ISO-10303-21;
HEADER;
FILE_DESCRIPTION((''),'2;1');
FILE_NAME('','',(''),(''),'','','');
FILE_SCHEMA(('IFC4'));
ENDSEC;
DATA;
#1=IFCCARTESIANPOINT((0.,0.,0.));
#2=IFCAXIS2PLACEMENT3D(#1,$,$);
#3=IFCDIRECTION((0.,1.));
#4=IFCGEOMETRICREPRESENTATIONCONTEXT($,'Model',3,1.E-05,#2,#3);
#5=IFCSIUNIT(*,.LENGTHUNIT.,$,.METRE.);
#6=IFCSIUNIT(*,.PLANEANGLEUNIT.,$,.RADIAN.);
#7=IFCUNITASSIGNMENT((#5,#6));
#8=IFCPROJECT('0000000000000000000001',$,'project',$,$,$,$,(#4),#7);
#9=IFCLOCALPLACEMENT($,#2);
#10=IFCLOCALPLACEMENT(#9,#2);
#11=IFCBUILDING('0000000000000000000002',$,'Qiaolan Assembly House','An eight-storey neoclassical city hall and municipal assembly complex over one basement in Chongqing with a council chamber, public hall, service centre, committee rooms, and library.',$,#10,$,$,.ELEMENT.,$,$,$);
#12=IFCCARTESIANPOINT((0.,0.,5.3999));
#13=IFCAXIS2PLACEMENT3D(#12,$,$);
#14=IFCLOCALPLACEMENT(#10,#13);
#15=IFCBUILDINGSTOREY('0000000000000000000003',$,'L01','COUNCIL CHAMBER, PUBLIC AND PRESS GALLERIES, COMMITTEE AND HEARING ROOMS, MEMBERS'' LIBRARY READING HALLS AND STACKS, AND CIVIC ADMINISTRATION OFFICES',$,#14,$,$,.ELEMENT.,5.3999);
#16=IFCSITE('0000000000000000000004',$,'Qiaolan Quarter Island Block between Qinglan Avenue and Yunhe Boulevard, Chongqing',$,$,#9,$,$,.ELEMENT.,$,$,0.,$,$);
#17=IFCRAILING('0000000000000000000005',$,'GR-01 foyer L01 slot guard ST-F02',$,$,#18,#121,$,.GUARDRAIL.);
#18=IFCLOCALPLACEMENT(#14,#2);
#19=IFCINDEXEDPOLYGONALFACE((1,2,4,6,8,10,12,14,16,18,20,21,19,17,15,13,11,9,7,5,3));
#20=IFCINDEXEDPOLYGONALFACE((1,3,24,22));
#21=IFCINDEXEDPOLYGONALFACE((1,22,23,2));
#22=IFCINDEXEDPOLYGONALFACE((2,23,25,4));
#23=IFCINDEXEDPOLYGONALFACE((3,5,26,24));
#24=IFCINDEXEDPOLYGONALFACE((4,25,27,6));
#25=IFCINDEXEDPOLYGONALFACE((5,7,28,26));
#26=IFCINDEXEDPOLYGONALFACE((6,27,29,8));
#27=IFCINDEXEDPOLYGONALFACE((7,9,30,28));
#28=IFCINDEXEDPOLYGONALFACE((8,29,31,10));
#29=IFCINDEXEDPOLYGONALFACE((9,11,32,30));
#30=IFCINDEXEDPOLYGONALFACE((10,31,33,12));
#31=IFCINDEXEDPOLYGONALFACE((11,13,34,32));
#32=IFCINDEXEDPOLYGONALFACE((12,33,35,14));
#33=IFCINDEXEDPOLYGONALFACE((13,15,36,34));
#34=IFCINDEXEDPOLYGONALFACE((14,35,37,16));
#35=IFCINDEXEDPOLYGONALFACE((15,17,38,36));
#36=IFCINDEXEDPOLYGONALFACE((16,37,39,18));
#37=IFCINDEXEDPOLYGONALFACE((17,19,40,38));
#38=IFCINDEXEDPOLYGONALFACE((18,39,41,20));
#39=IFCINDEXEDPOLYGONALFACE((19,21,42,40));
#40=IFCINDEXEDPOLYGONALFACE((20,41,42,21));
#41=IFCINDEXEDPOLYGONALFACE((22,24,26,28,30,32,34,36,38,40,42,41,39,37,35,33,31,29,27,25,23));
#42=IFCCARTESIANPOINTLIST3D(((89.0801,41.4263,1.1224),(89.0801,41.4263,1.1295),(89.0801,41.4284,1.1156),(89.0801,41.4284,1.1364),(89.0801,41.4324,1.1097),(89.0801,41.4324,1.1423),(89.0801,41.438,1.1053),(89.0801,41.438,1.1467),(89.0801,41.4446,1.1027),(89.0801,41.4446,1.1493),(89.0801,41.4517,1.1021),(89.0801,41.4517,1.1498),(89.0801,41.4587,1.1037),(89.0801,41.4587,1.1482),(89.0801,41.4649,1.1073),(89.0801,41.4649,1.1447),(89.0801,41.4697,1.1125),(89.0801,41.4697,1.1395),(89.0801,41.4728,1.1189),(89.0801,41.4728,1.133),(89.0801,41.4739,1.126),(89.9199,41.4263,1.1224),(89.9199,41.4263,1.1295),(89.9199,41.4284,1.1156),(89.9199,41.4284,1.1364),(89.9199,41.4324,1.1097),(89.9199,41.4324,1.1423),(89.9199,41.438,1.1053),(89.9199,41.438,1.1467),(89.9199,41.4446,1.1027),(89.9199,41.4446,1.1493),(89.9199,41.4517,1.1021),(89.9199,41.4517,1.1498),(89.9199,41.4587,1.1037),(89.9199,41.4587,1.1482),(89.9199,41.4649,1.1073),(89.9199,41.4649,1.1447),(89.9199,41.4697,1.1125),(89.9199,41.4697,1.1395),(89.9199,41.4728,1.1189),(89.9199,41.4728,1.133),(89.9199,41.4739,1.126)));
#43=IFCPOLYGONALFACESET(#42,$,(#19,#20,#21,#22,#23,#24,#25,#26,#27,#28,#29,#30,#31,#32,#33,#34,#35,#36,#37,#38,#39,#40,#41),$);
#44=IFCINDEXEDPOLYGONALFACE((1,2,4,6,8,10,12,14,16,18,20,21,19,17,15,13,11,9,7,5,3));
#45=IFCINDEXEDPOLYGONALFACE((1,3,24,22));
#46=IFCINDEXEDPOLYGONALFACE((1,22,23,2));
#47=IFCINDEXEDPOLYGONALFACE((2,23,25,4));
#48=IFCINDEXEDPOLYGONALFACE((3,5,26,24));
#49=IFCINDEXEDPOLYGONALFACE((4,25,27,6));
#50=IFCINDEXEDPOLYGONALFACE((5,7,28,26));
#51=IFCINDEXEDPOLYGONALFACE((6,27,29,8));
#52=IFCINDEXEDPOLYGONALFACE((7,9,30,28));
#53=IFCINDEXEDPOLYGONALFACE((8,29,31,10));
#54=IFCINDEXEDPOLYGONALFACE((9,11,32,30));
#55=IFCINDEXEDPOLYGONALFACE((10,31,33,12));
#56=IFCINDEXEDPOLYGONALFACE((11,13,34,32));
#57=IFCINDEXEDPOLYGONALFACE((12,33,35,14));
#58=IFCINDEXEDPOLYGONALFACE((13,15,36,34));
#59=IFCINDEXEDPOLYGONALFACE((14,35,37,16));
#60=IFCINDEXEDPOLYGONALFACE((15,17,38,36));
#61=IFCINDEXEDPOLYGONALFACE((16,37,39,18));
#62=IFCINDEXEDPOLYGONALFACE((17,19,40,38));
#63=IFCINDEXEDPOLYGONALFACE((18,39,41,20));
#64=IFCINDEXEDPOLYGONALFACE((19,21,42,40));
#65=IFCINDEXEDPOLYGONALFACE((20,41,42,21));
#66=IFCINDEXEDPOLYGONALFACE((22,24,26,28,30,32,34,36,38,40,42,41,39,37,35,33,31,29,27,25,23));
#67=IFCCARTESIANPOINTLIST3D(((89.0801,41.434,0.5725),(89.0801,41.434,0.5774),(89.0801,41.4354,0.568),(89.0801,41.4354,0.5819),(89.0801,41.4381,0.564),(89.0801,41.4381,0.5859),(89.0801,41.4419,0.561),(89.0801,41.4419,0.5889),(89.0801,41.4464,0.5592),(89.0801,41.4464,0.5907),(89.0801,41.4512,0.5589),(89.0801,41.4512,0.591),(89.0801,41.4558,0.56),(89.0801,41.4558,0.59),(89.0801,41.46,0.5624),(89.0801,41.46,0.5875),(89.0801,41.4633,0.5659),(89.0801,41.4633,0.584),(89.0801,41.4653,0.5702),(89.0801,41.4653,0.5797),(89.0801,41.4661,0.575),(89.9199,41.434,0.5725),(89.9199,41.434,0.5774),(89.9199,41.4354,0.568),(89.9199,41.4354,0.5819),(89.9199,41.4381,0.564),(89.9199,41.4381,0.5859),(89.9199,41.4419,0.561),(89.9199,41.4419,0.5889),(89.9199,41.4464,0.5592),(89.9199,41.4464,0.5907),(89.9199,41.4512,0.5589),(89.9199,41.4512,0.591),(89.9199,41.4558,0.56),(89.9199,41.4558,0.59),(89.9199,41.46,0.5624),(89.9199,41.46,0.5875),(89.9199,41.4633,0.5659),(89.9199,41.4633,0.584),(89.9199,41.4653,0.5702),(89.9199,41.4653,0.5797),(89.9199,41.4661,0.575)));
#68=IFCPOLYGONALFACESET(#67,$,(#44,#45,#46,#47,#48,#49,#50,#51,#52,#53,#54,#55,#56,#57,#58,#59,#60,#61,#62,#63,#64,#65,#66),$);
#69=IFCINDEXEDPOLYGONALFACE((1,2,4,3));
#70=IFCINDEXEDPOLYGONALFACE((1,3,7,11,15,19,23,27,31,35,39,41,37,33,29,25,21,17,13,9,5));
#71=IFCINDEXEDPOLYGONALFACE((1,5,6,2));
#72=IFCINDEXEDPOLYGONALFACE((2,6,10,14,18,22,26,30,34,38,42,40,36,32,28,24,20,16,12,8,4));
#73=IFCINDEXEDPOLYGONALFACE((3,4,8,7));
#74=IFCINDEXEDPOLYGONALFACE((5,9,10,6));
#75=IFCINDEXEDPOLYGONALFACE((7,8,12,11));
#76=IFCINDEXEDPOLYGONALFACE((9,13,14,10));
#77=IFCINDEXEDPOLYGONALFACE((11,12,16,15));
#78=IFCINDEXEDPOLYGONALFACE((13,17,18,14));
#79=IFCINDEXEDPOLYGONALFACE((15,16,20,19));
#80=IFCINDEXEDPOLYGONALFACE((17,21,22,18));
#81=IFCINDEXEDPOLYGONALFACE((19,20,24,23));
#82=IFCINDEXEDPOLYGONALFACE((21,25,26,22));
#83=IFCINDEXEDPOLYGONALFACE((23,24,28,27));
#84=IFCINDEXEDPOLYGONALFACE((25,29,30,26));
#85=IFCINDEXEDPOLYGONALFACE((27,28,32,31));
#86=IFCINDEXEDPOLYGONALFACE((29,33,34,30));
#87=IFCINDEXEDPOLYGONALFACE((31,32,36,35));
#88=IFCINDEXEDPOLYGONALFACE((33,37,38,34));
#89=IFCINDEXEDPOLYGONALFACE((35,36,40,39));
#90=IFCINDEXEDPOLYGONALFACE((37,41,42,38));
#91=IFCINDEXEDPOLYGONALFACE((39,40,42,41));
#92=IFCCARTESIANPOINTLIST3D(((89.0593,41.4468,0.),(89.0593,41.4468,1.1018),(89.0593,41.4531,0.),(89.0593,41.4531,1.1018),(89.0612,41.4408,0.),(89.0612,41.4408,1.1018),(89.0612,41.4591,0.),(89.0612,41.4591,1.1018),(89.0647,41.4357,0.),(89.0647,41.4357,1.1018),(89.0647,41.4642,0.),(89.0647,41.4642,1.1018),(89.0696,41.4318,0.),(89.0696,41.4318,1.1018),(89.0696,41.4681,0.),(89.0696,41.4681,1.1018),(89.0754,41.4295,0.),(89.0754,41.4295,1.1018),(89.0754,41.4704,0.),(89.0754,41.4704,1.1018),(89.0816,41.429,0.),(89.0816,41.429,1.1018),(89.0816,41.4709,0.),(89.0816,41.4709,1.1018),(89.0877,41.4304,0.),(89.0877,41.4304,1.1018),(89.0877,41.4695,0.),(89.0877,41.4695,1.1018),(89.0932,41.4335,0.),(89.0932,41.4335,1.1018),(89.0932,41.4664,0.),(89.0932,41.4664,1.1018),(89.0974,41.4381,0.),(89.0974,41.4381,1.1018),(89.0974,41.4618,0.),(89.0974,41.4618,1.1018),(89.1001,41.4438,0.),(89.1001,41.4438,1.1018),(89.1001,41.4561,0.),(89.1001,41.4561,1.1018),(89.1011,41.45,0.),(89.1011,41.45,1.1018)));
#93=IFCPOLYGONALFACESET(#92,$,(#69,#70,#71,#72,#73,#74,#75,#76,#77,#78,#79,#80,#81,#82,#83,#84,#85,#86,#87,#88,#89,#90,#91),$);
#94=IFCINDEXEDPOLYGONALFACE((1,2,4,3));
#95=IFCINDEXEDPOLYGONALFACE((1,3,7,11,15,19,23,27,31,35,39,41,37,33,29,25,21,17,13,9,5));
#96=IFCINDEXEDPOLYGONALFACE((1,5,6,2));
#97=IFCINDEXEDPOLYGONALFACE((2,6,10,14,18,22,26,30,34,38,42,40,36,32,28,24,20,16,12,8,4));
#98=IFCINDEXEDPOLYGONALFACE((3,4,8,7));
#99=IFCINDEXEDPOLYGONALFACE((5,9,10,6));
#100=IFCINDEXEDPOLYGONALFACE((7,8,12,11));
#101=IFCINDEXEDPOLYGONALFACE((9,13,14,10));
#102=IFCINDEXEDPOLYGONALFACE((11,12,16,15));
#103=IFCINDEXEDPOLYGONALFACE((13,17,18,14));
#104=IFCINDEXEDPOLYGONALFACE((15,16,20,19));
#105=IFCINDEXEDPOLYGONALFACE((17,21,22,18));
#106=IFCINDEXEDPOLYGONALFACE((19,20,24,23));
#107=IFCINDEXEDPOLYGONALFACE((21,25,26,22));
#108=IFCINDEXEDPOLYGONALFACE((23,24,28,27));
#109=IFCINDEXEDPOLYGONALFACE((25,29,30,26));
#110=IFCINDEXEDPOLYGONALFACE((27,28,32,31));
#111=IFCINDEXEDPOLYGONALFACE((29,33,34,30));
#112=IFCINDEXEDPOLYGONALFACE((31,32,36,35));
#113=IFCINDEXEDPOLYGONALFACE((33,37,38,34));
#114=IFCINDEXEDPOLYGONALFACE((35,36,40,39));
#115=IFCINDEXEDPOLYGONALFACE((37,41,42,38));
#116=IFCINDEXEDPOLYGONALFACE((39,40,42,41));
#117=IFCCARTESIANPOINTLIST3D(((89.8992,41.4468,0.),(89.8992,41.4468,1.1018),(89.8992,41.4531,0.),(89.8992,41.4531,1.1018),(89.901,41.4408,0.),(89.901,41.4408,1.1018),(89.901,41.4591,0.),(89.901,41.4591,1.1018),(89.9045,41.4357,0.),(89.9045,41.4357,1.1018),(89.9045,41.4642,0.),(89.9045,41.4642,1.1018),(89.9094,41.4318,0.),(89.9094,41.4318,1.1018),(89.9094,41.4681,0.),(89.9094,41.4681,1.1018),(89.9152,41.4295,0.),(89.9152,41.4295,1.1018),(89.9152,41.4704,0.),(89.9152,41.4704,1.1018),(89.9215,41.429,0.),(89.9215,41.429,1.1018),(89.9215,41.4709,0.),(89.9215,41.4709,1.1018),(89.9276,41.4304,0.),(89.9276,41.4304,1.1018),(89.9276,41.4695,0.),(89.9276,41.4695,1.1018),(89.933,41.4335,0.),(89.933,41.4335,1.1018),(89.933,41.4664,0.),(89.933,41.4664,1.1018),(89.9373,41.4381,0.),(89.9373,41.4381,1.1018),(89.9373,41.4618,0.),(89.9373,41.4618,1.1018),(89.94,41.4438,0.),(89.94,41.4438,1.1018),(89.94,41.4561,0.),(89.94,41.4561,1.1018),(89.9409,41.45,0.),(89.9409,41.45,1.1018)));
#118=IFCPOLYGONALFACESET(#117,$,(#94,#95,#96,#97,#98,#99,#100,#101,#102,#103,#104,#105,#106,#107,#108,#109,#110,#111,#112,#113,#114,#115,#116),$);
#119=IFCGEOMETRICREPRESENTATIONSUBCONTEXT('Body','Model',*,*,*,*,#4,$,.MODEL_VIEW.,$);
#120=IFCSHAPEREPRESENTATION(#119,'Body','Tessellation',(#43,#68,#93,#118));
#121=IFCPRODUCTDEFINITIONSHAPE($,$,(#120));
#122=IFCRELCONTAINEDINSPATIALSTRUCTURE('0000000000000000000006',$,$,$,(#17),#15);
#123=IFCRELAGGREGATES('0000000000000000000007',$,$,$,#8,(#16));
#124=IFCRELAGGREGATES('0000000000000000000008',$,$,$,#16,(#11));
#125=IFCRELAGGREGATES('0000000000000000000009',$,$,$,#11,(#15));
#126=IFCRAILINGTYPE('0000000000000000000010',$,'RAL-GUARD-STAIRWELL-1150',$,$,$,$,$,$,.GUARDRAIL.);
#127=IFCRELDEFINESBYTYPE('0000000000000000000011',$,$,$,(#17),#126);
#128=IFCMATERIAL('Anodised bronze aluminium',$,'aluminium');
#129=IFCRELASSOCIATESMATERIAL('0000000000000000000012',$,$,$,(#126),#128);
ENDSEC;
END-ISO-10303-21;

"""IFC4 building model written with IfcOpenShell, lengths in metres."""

from ifc_helpers import new_model, si_unit, direction, frame, origin, origin_2d, place, context, subcontext, project, spatial, circle, extrude, material, type_object, element, save


model = new_model("IFC4")

# Units and contexts
model_context = context("Model", 3, precision=1e-05, world=origin(), true_north=direction((0.0, 1.0)))
body_context = subcontext(model_context, "Body", "Model", "MODEL_VIEW")
ifc_project = project(units=[si_unit("LENGTHUNIT", "METRE"), si_unit("PLANEANGLEUNIT", "RADIAN")], contexts=[model_context])

# Site, building, storey
site_placement = place(None, origin())
site = spatial("IfcSite", under=ifc_project, at=site_placement, Name="Qiaolan Quarter Island Block between Qinglan Avenue and Yunhe Boulevard, Chongqing", CompositionType="ELEMENT", RefElevation=0.0)
building_placement = place(site_placement, origin())
building = spatial("IfcBuilding", under=site, at=building_placement, Name="Qiaolan Assembly House", Description="An eight-storey neoclassical city hall and municipal assembly complex over one basement in Chongqing with a council chamber, public hall, service centre, committee rooms, and library.", CompositionType="ELEMENT")
storey_placement = place(building_placement, frame((0.0, 0.0, 5.3999)))
storey = spatial("IfcBuildingStorey", under=building, at=storey_placement, Name="L01", Description="COUNCIL CHAMBER, PUBLIC AND PRESS GALLERIES, COMMITTEE AND HEARING ROOMS, MEMBERS' LIBRARY READING HALLS AND STACKS, AND CIVIC ADMINISTRATION OFFICES", CompositionType="ELEMENT", Elevation=5.3999)

# Railing
ifc_material_1 = material(Name="Anodised bronze aluminium", Category="aluminium")
railing_type = type_object("IfcRailingType", Name="RAL-GUARD-STAIRWELL-1150", PredefinedType="GUARDRAIL", material=ifc_material_1)
railing_1_placement = place(storey_placement, frame((89.0801, 41.45, 0.0)))
element("IfcRailing", 1, at=railing_1_placement, inside=storey, type_object=railing_type, Name="GR-01 foyer L01 slot guard ST-F02", PredefinedType="GUARDRAIL", context=body_context, shape_type="SweptSolid", body=[
    extrude(circle(Radius=0.0239, at=origin_2d()), frame((0.0, 0.0, 1.126), z_axis=(1.0, 0.0, 0.0), x_axis=(0.0, 1.0, 0.0)), (0.0, 0.0, 1.0), 0.8398),
    extrude(circle(Radius=0.0161, at=origin_2d()), frame((0.0, 0.0, 0.575), z_axis=(1.0, 0.0, 0.0), x_axis=(0.0, 1.0, 0.0)), (0.0, 0.0, 1.0), 0.8398),
    extrude(circle(Radius=0.021, at=origin_2d()), origin(), (0.0, 0.0, 1.0), 1.1018),
    extrude(circle(Radius=0.021, at=origin_2d()), frame((0.8398, 0.0, 0.0)), (0.0, 0.0, 1.0), 1.1018),
])

save(model, "model.ifc")
